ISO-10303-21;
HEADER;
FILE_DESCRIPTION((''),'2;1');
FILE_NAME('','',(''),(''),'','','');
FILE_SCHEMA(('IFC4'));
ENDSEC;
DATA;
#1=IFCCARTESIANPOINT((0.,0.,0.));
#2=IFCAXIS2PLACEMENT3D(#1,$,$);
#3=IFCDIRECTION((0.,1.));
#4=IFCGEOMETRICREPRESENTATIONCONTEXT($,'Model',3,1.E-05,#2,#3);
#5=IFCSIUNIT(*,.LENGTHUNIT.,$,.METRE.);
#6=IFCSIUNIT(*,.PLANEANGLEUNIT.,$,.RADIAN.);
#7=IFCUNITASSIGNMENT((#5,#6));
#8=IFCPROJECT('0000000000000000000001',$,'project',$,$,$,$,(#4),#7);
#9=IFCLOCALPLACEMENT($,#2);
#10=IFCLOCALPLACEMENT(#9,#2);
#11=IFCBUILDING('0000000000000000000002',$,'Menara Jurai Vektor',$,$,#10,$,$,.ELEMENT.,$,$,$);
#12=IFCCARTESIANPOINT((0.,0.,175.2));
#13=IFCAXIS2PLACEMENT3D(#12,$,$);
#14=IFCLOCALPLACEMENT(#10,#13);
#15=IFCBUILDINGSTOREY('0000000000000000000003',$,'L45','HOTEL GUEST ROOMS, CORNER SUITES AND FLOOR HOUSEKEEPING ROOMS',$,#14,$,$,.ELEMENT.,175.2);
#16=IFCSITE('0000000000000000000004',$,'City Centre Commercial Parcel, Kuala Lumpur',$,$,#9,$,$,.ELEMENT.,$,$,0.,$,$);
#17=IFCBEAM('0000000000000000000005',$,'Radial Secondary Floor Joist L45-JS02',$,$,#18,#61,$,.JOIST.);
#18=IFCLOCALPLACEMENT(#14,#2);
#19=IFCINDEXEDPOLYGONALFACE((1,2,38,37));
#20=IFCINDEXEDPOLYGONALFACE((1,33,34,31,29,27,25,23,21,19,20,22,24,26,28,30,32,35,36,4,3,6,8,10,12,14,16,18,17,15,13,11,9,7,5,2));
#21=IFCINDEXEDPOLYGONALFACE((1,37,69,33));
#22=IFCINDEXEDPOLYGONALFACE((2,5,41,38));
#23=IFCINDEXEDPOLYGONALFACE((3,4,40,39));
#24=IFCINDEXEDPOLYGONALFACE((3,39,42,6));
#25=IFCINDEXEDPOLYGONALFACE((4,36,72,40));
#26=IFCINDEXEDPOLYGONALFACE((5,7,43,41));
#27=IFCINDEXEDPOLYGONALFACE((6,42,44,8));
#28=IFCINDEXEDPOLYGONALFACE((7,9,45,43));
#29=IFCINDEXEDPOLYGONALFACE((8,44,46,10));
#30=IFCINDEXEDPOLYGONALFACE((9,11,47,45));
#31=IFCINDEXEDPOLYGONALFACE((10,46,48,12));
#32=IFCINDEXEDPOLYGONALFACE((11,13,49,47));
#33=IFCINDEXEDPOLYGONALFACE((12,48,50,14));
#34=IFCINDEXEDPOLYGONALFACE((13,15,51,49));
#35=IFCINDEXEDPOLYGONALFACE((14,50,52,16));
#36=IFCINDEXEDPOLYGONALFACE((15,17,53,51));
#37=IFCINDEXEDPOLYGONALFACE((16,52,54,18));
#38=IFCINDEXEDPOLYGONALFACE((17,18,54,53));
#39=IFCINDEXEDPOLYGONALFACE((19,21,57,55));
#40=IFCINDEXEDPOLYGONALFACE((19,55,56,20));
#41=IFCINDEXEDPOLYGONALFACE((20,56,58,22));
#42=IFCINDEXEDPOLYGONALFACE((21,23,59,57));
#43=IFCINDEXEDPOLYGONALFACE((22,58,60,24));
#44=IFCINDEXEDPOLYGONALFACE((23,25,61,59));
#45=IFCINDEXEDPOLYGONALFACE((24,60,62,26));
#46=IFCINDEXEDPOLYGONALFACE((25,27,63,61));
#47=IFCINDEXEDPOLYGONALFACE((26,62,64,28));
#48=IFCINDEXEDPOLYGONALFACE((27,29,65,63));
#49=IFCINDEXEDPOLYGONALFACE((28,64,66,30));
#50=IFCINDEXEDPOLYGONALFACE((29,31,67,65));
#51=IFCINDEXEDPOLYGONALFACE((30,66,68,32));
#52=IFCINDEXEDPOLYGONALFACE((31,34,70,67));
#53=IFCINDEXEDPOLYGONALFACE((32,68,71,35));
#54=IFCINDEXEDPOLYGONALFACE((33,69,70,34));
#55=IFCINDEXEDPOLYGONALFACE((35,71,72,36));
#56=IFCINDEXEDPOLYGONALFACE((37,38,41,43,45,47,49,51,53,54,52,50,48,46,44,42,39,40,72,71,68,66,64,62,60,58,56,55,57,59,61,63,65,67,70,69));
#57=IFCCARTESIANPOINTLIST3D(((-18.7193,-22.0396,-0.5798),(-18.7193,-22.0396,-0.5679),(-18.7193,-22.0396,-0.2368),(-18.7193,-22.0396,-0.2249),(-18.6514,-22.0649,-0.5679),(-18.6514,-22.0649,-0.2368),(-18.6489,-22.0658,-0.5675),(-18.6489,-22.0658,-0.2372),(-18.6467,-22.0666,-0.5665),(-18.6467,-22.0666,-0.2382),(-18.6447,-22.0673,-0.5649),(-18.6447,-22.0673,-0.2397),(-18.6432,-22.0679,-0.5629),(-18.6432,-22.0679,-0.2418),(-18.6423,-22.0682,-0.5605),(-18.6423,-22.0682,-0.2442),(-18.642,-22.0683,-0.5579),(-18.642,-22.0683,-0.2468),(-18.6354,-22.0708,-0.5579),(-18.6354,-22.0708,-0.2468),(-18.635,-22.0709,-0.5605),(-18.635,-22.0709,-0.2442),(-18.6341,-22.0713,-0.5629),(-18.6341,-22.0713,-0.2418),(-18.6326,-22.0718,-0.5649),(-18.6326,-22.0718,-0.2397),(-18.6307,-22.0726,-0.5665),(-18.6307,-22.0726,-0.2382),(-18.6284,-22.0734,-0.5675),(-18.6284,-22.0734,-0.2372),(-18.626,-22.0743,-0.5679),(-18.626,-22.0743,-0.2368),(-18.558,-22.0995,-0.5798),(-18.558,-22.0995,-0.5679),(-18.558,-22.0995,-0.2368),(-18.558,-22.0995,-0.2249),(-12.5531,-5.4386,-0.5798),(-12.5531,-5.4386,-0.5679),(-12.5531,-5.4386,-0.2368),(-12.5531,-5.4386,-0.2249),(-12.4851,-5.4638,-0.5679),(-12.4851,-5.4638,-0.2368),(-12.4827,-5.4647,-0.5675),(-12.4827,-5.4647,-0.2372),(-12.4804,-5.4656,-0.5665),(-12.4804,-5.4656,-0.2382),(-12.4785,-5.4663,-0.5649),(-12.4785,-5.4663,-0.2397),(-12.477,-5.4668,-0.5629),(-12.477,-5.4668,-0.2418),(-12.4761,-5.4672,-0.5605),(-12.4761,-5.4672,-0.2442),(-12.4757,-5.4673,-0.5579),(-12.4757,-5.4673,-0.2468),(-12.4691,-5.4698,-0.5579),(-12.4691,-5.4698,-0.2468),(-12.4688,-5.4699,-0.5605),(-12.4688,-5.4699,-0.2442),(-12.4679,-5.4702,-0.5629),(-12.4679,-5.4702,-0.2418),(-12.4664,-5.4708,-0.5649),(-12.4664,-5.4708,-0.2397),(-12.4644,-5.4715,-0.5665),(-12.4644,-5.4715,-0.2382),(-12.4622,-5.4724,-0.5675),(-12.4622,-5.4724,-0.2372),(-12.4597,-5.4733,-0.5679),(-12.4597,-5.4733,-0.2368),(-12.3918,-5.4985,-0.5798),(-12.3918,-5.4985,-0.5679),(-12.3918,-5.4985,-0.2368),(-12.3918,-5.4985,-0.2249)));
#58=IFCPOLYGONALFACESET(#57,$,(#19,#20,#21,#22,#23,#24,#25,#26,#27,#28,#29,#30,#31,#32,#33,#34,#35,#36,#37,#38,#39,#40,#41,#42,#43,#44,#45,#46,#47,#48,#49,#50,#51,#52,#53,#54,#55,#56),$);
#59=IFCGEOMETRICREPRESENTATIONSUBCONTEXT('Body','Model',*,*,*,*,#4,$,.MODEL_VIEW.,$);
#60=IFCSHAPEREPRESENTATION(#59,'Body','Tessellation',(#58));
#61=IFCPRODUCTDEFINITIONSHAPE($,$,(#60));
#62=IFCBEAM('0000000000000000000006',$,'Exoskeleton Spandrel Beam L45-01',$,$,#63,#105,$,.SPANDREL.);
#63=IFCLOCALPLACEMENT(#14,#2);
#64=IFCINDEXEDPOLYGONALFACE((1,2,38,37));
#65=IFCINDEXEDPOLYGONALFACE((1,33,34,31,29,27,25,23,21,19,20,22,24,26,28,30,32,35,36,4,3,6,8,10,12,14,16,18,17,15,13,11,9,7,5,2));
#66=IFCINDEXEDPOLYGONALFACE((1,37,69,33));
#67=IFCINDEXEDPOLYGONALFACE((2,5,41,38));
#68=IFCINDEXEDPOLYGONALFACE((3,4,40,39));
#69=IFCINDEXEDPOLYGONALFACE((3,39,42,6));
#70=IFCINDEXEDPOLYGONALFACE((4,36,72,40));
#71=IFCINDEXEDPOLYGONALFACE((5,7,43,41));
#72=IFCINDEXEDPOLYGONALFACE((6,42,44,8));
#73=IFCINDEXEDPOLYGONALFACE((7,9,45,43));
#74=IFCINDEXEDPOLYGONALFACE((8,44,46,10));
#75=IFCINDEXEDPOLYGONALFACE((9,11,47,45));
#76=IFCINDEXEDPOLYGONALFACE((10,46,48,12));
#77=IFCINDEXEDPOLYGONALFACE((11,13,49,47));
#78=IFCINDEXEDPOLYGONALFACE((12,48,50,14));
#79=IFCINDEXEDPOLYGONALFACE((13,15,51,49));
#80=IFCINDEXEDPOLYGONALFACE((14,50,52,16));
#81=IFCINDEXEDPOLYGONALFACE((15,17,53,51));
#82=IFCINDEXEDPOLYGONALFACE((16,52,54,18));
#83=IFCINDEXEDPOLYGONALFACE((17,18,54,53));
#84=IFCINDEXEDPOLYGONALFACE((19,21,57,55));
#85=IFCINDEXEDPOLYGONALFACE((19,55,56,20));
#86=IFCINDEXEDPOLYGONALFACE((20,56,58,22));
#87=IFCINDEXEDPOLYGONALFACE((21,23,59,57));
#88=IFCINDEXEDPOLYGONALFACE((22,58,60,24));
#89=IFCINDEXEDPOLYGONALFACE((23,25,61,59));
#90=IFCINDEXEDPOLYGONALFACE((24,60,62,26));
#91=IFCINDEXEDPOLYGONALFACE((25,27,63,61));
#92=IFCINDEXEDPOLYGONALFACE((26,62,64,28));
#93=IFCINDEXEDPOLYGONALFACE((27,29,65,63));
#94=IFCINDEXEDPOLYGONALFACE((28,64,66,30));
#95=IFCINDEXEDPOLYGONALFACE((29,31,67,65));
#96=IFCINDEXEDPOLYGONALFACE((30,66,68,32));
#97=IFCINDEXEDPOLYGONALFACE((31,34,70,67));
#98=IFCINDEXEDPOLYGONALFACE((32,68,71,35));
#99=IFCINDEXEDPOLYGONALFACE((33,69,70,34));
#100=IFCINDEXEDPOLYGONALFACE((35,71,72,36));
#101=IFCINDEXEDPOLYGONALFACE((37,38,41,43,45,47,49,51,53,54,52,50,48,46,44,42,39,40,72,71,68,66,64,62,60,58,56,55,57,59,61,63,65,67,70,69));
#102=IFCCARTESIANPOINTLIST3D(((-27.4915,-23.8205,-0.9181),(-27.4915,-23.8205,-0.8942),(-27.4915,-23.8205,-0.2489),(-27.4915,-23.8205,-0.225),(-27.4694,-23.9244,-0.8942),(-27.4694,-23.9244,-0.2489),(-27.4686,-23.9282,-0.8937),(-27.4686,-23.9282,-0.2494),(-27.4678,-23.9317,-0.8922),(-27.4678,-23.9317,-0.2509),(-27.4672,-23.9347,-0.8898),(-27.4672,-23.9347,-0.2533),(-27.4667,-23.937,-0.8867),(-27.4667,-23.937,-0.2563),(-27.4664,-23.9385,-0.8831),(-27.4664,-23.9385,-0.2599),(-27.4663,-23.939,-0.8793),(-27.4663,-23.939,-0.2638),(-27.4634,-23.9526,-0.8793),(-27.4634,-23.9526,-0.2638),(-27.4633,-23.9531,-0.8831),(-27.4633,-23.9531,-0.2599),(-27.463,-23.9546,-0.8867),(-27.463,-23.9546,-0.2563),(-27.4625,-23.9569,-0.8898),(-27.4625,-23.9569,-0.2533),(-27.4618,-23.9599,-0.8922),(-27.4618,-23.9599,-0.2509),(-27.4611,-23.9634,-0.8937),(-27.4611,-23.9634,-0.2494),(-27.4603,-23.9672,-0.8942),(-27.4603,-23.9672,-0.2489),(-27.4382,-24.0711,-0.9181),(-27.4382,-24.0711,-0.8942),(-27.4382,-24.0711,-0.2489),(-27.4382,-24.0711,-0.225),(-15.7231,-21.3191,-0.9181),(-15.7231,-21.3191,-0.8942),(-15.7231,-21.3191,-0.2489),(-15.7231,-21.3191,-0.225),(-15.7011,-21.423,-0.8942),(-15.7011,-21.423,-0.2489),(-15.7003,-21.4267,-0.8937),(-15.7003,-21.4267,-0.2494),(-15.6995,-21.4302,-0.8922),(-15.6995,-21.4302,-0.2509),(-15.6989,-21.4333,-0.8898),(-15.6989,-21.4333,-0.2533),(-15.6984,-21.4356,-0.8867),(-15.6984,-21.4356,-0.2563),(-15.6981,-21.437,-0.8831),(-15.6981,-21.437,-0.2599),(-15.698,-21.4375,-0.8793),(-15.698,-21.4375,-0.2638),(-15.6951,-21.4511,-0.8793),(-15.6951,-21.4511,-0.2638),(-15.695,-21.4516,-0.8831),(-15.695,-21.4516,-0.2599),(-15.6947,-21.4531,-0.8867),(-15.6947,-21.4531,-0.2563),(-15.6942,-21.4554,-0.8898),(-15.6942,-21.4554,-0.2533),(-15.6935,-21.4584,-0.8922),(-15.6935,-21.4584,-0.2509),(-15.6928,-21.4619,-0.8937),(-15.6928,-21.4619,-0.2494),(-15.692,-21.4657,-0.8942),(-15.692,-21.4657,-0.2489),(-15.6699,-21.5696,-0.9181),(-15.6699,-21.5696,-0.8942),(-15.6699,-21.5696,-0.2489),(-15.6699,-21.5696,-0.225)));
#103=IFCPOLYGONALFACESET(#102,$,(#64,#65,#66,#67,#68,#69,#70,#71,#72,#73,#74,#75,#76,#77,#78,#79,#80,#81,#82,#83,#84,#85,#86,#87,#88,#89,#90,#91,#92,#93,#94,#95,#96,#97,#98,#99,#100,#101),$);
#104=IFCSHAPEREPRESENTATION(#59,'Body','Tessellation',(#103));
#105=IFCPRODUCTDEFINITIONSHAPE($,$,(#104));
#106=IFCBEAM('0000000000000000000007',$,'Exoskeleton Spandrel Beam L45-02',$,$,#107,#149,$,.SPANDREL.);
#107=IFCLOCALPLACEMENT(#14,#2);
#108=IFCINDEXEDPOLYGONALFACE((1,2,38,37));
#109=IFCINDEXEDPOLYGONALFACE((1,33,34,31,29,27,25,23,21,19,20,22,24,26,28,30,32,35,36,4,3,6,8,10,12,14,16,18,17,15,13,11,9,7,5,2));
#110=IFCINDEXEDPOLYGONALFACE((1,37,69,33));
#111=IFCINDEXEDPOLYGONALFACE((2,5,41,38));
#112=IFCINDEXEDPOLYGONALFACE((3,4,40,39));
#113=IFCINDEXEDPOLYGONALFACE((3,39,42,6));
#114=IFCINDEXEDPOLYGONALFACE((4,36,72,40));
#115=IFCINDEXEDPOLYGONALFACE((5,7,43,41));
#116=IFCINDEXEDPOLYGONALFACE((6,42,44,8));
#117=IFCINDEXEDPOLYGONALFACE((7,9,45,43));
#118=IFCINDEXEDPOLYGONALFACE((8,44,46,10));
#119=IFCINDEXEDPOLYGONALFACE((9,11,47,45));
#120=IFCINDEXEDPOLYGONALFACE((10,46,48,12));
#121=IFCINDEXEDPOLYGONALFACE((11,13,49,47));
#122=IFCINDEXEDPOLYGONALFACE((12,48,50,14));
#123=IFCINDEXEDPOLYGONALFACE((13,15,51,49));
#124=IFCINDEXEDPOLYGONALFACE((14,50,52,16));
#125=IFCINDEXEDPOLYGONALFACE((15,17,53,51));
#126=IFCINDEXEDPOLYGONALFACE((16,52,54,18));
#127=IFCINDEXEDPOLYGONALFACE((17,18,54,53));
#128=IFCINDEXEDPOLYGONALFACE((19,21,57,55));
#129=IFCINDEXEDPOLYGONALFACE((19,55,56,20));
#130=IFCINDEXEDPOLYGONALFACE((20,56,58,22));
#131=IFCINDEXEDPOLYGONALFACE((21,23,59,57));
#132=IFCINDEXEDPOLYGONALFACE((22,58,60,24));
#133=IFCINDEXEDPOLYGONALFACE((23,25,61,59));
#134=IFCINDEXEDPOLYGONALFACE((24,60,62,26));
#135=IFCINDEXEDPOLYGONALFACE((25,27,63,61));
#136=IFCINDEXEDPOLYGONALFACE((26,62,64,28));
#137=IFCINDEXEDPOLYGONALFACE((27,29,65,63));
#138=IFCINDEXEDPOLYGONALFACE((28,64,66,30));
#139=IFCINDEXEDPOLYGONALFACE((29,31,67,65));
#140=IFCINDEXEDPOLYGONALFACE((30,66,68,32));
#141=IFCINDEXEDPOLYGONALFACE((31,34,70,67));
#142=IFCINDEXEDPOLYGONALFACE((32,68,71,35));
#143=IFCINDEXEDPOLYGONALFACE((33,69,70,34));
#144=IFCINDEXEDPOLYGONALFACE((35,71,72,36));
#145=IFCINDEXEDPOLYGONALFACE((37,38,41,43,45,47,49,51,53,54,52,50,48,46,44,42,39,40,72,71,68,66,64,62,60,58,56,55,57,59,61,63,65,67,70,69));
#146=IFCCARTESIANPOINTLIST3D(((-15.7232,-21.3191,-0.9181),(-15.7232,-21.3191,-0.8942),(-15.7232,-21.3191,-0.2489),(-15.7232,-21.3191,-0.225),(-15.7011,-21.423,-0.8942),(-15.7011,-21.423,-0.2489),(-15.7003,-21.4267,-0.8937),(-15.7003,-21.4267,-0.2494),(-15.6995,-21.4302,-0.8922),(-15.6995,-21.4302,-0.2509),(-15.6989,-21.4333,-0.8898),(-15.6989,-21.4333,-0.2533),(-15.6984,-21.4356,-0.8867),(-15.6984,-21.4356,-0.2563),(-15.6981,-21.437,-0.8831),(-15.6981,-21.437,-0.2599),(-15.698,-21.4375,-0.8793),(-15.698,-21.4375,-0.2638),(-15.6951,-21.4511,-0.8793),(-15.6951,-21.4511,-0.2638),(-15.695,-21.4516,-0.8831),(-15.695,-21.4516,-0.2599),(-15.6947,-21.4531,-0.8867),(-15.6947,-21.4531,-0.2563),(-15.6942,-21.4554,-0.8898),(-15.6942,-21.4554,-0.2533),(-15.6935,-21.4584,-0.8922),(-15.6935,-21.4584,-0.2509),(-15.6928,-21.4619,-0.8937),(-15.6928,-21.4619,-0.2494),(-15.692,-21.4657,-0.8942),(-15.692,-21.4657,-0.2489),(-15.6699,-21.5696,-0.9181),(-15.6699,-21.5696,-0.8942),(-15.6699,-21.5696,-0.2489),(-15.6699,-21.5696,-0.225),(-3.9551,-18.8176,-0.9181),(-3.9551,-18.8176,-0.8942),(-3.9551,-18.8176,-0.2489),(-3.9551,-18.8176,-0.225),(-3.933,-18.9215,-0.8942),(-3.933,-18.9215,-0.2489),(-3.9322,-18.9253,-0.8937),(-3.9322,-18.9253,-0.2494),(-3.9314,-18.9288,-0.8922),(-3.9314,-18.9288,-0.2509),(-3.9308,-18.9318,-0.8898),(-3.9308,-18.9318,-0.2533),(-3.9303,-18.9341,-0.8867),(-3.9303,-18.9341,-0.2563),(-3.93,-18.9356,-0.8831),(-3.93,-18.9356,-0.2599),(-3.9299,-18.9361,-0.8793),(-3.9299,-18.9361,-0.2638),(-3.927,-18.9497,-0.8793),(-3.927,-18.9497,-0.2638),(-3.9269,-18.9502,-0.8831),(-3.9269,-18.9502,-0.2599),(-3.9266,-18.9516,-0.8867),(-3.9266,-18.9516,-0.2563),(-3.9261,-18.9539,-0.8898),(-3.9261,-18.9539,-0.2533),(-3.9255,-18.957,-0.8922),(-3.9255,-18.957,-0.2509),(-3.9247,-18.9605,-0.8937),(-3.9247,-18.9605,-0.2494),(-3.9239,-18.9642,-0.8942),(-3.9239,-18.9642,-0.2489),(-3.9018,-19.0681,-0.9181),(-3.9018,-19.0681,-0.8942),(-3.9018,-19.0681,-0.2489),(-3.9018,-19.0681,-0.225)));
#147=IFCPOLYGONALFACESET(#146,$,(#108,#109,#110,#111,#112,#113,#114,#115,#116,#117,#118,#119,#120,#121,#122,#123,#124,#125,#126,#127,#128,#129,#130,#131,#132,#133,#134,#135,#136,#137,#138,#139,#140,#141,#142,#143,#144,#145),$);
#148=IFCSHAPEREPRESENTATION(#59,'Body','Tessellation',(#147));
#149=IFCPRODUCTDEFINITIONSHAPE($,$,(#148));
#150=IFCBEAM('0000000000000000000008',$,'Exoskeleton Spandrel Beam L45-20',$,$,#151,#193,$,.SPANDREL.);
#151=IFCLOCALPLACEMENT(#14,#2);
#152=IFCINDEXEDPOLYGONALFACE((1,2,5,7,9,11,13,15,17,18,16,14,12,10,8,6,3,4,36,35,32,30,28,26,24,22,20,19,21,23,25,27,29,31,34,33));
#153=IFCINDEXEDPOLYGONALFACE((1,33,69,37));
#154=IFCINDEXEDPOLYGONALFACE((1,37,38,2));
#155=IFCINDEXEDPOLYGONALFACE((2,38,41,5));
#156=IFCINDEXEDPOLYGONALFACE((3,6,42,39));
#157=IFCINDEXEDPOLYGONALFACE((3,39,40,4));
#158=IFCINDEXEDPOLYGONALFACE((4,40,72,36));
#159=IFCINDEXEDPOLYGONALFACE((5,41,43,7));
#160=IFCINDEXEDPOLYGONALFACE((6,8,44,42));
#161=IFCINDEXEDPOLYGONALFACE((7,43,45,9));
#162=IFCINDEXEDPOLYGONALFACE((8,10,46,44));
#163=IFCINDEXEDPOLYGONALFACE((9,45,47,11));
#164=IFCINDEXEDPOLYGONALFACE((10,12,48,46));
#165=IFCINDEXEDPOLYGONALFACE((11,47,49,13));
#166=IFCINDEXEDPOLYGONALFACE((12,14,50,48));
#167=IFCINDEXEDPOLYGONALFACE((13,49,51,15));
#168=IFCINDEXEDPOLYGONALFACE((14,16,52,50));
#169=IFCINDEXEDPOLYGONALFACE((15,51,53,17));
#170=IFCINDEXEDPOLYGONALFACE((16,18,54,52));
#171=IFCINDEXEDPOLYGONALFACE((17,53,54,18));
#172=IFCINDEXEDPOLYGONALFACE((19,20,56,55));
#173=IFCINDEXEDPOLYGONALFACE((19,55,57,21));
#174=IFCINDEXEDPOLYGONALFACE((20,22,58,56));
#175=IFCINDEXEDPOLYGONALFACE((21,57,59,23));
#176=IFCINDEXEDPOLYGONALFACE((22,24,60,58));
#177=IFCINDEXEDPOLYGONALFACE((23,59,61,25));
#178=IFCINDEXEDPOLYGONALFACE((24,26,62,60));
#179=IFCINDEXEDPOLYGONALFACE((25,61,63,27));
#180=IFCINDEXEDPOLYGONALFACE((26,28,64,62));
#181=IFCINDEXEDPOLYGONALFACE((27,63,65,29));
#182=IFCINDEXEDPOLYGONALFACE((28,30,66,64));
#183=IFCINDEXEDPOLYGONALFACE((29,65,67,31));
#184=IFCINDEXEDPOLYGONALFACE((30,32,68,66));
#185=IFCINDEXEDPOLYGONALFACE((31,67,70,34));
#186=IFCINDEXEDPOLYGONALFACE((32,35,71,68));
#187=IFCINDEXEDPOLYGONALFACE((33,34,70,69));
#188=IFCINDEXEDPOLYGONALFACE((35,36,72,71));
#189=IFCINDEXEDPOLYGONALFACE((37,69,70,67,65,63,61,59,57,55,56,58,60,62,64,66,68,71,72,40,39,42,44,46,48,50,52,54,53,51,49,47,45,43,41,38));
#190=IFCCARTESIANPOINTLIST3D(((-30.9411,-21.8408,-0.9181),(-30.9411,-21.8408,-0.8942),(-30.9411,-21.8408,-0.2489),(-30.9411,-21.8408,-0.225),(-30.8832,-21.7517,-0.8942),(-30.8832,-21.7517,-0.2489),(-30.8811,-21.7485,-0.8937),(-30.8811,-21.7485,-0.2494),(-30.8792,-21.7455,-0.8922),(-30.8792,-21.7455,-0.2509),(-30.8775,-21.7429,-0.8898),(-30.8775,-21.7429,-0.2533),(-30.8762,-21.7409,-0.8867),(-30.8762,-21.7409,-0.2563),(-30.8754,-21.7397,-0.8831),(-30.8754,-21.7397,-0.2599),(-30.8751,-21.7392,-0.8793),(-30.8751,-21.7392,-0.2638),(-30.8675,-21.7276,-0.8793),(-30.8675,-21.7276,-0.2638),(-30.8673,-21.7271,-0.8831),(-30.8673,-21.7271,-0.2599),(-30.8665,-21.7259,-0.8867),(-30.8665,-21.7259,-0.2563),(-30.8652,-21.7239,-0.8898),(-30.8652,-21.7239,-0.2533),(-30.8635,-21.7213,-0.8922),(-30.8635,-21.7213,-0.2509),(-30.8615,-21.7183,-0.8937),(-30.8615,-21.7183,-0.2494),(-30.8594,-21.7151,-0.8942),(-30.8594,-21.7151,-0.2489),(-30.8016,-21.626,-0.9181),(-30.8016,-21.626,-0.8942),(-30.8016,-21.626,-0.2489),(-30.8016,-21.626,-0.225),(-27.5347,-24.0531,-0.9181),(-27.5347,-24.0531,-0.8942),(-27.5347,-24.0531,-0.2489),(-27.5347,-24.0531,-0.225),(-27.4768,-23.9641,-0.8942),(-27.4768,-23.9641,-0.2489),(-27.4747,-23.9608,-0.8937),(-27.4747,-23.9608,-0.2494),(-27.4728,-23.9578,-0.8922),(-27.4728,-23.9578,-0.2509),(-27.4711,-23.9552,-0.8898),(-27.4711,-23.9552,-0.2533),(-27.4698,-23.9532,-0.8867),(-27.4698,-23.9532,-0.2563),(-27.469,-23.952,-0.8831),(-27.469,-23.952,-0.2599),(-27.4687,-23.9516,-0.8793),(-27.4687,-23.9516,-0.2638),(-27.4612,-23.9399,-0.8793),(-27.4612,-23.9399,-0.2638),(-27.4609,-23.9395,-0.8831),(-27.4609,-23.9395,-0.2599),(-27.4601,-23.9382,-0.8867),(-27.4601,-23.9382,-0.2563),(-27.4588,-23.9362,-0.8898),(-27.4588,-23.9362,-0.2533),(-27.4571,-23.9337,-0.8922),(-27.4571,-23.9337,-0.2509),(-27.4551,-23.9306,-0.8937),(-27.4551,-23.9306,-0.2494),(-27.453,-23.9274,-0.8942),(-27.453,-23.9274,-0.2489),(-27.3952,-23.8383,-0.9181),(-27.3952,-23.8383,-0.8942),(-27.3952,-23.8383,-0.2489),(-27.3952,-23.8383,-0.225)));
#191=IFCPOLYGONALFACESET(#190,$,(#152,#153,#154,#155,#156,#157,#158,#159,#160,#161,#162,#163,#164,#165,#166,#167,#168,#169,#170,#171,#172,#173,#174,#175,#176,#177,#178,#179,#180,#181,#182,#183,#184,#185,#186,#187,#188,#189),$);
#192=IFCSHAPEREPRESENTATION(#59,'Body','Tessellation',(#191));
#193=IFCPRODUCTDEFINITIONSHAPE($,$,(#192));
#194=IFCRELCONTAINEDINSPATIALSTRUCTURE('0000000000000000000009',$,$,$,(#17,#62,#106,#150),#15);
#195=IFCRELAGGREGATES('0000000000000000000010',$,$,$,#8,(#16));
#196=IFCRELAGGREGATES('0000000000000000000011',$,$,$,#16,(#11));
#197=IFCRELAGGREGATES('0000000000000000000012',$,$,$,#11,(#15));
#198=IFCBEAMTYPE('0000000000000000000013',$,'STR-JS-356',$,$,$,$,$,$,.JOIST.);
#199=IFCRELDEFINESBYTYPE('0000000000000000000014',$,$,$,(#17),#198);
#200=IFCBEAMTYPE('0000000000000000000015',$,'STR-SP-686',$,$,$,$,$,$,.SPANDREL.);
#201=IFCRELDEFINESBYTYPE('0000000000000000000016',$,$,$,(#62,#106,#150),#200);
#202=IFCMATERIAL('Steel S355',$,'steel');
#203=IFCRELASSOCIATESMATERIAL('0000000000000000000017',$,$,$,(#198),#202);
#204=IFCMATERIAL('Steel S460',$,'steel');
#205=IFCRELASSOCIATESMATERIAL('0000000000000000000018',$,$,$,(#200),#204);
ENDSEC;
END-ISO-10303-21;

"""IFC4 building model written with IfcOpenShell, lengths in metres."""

from ifc_helpers import new_model, si_unit, direction, frame, origin, origin_2d, place, context, subcontext, project, spatial, i_section, extrude, material, material_profile, profile_set, type_object, element, save


model = new_model("IFC4")

# Units and contexts
model_context = context("Model", 3, precision=1e-05, world=origin(), true_north=direction((0.0, 1.0)))
body_context = subcontext(model_context, "Body", "Model", "MODEL_VIEW")
ifc_project = project(units=[si_unit("LENGTHUNIT", "METRE"), si_unit("PLANEANGLEUNIT", "RADIAN")], contexts=[model_context])

# Site, building, storey
site_placement = place(None, origin())
site = spatial("IfcSite", under=ifc_project, at=site_placement, Name="City Centre Commercial Parcel, Kuala Lumpur", CompositionType="ELEMENT", RefElevation=0.0)
building_placement = place(site_placement, origin())
building = spatial("IfcBuilding", under=site, at=building_placement, Name="Menara Jurai Vektor", CompositionType="ELEMENT")
storey_placement = place(building_placement, frame((0.0, 0.0, 175.2)))
storey = spatial("IfcBuildingStorey", under=building, at=storey_placement, Name="L45", Description="HOTEL GUEST ROOMS, CORNER SUITES AND FLOOR HOUSEKEEPING ROOMS", CompositionType="ELEMENT", Elevation=175.2)

# Shared definitions
ifc_material_1 = material(Name="Steel S460", Category="steel")

# Shared definitions
ifc_material_2 = material(Name="Steel S355", Category="steel")

# Beams
ifc_material_profile_1 = material_profile(ifc_material_2, i_section(OverallWidth=0.1721, OverallDepth=0.355, WebThickness=0.0071, FlangeThickness=0.012, FilletRadius=0.01, at=origin_2d()), Name="UKB 356x171x51")
ifc_profile_set_1 = profile_set([ifc_material_profile_1], Name="Steel S355")
beam_type_1 = type_object("IfcBeamType", Name="STR-JS-356", PredefinedType="JOIST", material=ifc_profile_set_1)
beam_1_placement = place(storey_placement, frame((-18.6387, -22.0696, -0.4023), z_axis=(0.348194, 0.937423, 0.0), x_axis=(-0.937423, 0.348194, 0.0)))
element("IfcBeam", 1, at=beam_1_placement, inside=storey, type_object=beam_type_1, Name="Radial Secondary Floor Joist L45-JS02", PredefinedType="JOIST", context=body_context, shape_type="SweptSolid", body=[
    extrude(i_section(OverallWidth=0.1721, OverallDepth=0.355, WebThickness=0.0071, FlangeThickness=0.012, FilletRadius=0.01, at=origin_2d()), origin(), (0.0, 0.0, 1.0), 17.7092),
])
ifc_material_profile_2 = material_profile(ifc_material_1, i_section(OverallWidth=0.2561, OverallDepth=0.6931, WebThickness=0.0139, FlangeThickness=0.0239, FilletRadius=0.0149, at=origin_2d()), Name="UKB 686x254x170")
ifc_profile_set_2 = profile_set([ifc_material_profile_2], Name="Steel S460")
beam_type_2 = type_object("IfcBeamType", Name="STR-SP-686", PredefinedType="SPANDREL", material=ifc_profile_set_2)
beam_2_placement = place(storey_placement, frame((-27.4648, -23.9458, -0.5715), z_axis=(0.978147, 0.207914, 0.0), x_axis=(-0.207914, 0.978147, 0.0)))
element("IfcBeam", 2, at=beam_2_placement, inside=storey, type_object=beam_type_2, Name="Exoskeleton Spandrel Beam L45-01", PredefinedType="SPANDREL", context=body_context, shape_type="SweptSolid", body=[
    extrude(i_section(OverallWidth=0.2561, OverallDepth=0.6931, WebThickness=0.0139, FlangeThickness=0.0239, FilletRadius=0.0149, at=origin_2d()), origin(), (0.0, 0.0, 1.0), 12.0312),
])
beam_3_placement = place(storey_placement, frame((-15.6965, -21.4443, -0.5715), z_axis=(0.978146, 0.207918, 0.0), x_axis=(-0.207918, 0.978146, 0.0)))
element("IfcBeam", 3, at=beam_3_placement, inside=storey, type_object=beam_type_2, Name="Exoskeleton Spandrel Beam L45-02", PredefinedType="SPANDREL", context=body_context, shape_type="SweptSolid", body=[
    extrude(i_section(OverallWidth=0.2561, OverallDepth=0.6931, WebThickness=0.0139, FlangeThickness=0.0239, FilletRadius=0.0149, at=origin_2d()), origin(), (0.0, 0.0, 1.0), 12.031),
])
beam_4_placement = place(storey_placement, frame((-30.8713, -21.7334, -0.5715), z_axis=(0.838648, -0.544674, 0.0), x_axis=(0.544674, 0.838648, 0.0)))
element("IfcBeam", 4, at=beam_4_placement, inside=storey, type_object=beam_type_2, Name="Exoskeleton Spandrel Beam L45-20", PredefinedType="SPANDREL", context=body_context, shape_type="SweptSolid", body=[
    extrude(i_section(OverallWidth=0.2561, OverallDepth=0.6931, WebThickness=0.0139, FlangeThickness=0.0239, FilletRadius=0.0149, at=origin_2d()), origin(), (0.0, 0.0, 1.0), 4.0618),
])

save(model, "model.ifc")
